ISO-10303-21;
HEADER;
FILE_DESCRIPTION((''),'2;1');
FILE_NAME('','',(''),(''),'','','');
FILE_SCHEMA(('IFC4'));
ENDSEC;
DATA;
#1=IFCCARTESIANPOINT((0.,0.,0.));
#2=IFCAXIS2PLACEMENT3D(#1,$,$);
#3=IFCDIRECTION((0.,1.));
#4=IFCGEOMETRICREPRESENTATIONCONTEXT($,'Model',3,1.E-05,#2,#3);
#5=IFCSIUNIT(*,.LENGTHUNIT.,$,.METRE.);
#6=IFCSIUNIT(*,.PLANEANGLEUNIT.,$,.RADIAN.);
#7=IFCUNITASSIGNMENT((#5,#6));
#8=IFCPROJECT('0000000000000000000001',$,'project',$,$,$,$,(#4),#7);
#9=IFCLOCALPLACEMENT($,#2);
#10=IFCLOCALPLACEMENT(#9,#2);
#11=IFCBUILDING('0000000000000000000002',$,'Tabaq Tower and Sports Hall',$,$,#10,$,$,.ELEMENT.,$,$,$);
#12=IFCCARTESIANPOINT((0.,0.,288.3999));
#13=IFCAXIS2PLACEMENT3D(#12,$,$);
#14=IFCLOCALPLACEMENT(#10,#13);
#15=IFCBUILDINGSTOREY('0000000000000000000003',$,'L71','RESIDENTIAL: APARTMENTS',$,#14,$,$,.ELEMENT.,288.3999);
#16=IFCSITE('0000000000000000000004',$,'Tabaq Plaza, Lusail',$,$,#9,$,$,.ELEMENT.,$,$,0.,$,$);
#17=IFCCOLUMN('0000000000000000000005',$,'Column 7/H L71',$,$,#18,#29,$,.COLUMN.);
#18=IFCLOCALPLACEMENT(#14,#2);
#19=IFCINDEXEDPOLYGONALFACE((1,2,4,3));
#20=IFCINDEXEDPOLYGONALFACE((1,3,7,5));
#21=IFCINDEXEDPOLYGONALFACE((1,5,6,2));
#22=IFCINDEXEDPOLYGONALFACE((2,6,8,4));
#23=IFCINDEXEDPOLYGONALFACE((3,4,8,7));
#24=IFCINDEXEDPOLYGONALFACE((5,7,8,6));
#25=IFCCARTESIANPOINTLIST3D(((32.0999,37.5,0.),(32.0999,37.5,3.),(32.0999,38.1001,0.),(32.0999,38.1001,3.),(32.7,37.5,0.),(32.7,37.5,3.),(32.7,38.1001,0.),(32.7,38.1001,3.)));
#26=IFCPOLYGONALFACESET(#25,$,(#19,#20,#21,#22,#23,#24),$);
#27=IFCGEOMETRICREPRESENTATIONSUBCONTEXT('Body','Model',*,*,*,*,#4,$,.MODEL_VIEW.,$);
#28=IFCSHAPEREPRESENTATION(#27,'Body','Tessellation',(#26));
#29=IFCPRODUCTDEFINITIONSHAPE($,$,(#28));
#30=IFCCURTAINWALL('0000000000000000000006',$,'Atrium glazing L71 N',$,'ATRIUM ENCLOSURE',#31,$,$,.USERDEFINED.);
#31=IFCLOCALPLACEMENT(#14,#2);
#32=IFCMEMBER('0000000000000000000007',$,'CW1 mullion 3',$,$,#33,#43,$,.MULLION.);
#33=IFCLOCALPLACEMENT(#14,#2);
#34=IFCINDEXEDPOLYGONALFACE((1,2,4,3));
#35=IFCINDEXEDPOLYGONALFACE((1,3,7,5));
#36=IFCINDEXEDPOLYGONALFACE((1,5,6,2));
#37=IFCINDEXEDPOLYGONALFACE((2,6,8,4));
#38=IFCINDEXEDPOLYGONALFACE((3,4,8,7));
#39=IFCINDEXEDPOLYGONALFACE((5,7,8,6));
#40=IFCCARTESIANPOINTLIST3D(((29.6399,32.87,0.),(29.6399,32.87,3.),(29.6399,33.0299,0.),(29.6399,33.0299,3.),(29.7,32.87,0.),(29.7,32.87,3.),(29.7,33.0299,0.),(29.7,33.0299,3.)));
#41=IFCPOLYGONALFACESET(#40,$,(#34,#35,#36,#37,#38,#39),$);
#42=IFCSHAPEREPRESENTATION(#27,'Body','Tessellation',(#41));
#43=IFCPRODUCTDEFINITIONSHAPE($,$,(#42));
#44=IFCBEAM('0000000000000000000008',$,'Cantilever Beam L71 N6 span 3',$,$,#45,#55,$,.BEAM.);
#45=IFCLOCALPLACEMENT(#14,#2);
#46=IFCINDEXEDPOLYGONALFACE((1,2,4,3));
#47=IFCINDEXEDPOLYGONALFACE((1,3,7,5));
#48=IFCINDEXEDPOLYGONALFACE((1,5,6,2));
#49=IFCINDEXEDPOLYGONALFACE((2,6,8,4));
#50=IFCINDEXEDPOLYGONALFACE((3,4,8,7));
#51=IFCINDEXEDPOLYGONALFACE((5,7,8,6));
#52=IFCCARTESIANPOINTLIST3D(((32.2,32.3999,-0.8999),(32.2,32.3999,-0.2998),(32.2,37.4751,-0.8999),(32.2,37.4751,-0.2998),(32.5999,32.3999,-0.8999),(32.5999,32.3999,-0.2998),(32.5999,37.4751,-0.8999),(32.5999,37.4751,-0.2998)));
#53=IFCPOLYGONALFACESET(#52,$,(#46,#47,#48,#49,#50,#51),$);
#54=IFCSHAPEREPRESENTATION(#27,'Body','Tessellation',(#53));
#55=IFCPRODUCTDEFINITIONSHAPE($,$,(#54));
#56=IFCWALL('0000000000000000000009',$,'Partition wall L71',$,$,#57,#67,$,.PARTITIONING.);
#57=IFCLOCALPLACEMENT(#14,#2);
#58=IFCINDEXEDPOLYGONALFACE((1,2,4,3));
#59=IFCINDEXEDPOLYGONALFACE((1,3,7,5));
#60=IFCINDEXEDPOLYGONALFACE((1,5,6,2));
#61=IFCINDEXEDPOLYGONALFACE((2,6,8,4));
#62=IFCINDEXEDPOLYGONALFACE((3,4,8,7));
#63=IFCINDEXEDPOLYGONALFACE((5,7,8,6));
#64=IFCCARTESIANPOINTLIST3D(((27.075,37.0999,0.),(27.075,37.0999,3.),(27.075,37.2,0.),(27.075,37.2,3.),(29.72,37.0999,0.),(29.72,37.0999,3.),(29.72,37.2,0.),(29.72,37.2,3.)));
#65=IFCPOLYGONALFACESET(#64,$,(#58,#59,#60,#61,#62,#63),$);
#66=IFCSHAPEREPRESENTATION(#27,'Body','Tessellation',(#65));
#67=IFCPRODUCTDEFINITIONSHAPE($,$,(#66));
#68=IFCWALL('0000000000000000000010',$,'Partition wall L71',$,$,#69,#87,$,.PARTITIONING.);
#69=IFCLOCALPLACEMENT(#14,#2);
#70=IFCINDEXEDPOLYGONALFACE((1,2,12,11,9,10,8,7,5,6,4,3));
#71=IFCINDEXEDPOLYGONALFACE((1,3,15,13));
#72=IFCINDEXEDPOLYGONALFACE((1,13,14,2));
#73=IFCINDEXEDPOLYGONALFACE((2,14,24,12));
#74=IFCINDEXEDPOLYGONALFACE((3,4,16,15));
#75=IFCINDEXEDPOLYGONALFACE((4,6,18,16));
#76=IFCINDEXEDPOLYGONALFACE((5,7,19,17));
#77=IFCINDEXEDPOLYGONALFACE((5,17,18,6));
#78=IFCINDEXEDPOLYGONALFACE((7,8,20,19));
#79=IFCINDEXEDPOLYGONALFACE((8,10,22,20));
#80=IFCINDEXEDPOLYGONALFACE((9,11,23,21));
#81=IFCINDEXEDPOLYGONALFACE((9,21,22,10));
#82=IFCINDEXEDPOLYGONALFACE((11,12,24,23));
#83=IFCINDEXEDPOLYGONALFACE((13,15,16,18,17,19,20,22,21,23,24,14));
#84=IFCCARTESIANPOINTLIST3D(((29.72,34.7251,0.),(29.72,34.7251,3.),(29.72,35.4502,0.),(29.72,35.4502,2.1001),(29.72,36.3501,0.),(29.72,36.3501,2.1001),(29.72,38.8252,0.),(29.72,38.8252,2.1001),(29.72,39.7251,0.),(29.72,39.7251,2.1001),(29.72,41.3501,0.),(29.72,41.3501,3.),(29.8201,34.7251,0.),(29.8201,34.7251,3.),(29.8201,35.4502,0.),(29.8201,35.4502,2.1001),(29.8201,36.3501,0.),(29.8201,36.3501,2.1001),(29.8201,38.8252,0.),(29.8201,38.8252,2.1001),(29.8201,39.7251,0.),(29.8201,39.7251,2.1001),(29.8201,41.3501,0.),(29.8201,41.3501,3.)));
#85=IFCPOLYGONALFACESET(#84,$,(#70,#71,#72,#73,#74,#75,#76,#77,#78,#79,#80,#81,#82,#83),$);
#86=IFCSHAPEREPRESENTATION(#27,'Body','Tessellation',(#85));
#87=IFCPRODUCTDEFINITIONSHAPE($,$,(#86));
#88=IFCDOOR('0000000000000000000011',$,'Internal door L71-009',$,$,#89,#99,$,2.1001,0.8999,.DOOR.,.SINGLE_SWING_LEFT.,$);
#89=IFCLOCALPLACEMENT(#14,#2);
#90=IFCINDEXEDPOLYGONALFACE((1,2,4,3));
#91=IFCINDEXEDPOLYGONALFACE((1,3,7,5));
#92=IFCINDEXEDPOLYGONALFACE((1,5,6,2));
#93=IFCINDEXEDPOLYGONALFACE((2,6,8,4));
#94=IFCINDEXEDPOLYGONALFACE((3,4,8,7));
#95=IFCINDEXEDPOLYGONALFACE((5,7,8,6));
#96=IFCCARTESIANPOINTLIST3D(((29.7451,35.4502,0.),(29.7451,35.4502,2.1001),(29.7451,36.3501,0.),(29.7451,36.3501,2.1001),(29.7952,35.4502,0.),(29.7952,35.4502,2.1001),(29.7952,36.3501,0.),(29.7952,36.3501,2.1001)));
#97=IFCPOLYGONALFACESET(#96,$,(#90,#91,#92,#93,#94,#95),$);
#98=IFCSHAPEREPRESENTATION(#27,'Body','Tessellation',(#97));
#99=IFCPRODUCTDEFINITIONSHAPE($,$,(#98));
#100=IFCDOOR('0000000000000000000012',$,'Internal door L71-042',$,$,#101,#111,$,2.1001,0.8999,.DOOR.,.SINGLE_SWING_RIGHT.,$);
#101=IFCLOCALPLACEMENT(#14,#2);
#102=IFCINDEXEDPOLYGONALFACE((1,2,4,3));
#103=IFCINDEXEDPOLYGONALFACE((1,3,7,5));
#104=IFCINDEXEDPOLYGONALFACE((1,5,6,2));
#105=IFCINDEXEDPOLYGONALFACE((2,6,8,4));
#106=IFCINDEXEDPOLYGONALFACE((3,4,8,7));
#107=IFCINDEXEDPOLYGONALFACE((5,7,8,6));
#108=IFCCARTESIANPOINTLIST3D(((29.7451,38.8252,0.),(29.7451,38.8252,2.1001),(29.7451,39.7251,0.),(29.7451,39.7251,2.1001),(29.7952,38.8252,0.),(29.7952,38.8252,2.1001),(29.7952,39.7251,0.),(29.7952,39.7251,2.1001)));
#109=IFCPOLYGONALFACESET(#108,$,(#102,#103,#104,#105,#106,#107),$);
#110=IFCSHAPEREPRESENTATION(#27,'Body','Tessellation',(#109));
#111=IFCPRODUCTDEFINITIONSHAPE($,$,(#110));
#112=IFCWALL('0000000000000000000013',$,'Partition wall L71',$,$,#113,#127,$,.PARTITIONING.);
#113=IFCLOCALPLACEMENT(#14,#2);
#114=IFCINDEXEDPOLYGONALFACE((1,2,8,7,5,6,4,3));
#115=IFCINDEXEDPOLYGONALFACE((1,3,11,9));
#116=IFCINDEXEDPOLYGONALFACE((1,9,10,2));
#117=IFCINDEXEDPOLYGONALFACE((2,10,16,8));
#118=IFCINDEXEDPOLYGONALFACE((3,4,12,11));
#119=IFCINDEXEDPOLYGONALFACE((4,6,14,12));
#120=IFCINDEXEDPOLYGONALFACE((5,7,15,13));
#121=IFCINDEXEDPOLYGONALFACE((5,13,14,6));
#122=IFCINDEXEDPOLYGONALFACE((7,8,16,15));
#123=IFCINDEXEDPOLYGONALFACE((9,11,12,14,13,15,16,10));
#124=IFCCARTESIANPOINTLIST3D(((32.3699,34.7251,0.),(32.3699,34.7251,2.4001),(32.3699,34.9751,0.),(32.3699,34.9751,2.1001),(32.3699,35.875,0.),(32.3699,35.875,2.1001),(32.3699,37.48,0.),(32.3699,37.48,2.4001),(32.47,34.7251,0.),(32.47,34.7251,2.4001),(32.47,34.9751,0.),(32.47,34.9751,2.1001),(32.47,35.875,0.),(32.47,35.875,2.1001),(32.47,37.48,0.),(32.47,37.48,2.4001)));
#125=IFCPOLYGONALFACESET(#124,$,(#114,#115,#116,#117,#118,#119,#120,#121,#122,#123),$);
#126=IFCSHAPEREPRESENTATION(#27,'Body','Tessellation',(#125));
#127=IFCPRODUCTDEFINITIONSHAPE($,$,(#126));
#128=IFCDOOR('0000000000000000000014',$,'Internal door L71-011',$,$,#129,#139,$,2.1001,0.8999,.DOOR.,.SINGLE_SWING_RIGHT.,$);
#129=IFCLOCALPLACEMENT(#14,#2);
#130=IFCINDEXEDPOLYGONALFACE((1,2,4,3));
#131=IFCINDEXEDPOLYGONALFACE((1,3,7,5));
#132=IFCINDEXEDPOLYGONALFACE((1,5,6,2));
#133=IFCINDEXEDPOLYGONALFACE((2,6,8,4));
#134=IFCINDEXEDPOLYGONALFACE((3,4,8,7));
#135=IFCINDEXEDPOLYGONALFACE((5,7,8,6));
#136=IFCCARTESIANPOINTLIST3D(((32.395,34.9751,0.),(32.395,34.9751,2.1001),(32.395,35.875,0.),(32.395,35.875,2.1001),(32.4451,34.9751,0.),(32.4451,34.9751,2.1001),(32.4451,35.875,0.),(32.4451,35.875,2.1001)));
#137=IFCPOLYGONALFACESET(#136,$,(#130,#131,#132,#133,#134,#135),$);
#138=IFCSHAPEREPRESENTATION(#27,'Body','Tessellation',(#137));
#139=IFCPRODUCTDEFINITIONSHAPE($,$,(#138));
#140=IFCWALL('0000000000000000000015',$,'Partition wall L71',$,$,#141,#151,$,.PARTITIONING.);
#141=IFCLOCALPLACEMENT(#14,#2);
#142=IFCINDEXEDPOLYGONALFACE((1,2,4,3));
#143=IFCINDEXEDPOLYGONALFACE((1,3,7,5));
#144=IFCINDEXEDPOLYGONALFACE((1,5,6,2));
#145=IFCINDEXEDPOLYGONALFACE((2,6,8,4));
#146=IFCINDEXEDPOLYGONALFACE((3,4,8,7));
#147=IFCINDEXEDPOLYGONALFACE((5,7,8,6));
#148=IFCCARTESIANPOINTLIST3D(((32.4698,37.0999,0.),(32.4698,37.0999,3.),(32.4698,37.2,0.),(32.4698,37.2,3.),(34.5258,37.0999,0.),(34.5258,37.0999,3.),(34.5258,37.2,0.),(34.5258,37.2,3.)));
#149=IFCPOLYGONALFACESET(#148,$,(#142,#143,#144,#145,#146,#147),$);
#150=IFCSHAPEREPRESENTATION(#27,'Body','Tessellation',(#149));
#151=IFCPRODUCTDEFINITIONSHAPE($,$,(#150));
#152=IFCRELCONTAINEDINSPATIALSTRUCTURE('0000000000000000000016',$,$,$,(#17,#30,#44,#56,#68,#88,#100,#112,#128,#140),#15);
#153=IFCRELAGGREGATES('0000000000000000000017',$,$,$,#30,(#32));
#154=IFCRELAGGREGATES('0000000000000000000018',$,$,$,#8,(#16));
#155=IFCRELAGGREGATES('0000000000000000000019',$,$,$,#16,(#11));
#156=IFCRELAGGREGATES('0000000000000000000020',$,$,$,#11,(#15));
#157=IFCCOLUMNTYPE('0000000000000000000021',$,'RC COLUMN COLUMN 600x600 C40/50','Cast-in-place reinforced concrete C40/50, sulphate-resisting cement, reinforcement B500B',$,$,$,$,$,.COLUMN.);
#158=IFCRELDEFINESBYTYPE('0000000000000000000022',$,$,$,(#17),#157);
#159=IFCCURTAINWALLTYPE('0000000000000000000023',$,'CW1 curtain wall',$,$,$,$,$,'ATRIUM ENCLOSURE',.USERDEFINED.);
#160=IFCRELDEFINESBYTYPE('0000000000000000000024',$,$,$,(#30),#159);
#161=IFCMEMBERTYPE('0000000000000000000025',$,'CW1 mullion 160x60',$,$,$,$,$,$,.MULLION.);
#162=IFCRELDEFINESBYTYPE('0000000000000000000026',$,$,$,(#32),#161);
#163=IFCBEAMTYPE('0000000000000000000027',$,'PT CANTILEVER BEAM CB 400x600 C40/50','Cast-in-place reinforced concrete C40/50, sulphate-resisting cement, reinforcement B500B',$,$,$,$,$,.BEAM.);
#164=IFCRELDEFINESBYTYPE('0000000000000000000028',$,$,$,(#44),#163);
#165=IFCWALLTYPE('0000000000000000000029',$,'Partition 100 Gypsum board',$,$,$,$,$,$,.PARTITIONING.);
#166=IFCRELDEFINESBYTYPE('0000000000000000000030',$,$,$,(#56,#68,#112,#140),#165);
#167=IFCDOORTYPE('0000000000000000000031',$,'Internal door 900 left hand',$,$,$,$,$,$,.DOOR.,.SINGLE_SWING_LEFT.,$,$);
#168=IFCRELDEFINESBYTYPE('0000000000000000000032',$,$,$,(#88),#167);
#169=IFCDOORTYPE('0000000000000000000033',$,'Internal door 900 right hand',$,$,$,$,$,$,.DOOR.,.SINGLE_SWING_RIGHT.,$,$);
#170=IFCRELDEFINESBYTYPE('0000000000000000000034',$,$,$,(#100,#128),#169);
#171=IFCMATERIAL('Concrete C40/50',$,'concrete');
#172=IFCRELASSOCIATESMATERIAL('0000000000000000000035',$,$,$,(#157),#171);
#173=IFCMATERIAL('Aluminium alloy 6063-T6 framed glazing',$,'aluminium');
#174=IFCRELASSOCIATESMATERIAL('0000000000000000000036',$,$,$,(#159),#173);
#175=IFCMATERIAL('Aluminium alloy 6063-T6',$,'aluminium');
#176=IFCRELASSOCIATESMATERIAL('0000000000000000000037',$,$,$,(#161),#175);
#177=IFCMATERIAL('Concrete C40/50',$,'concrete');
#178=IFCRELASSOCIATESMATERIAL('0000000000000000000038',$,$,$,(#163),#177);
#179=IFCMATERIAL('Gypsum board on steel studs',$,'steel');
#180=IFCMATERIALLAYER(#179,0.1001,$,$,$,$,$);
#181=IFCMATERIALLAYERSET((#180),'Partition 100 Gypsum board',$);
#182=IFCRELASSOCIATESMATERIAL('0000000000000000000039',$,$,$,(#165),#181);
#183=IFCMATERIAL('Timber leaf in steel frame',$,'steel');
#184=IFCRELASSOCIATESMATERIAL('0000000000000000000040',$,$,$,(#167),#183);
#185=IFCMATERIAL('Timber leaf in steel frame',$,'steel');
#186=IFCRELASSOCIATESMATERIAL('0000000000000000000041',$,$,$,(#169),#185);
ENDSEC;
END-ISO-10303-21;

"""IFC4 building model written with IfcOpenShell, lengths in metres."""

from ifc_helpers import new_model, si_unit, direction, frame, frame_2d, origin, origin_2d, place, context, subcontext, project, spatial, rectangle, extrude, material, layer, layer_set, material_profile, profile_set, type_object, element, fill, aggregate, save


model = new_model("IFC4")

# Units and contexts
model_context = context("Model", 3, precision=1e-05, world=origin(), true_north=direction((0.0, 1.0)))
body_context = subcontext(model_context, "Body", "Model", "MODEL_VIEW")
ifc_project = project(units=[si_unit("LENGTHUNIT", "METRE"), si_unit("PLANEANGLEUNIT", "RADIAN")], contexts=[model_context])

# Site, building, storey
site_placement = place(None, origin())
site = spatial("IfcSite", under=ifc_project, at=site_placement, Name="Tabaq Plaza, Lusail", CompositionType="ELEMENT", RefElevation=0.0)
building_placement = place(site_placement, origin())
building = spatial("IfcBuilding", under=site, at=building_placement, Name="Tabaq Tower and Sports Hall", CompositionType="ELEMENT")
storey_placement = place(building_placement, frame((0.0, 0.0, 288.3999)))
storey = spatial("IfcBuildingStorey", under=building, at=storey_placement, Name="L71", Description="RESIDENTIAL: APARTMENTS", CompositionType="ELEMENT", Elevation=288.3999)

# Column
ifc_material_1 = material(Name="Concrete C40/50", Category="concrete")
ifc_material_profile_1 = material_profile(ifc_material_1, rectangle(XDim=0.6001, YDim=0.6001, at=origin_2d()), Name="COLUMN 600x600")
ifc_profile_set_1 = profile_set([ifc_material_profile_1], Name="Concrete C40/50")
column_type = type_object("IfcColumnType", Name="RC COLUMN COLUMN 600x600 C40/50", Description="Cast-in-place reinforced concrete C40/50, sulphate-resisting cement, reinforcement B500B", PredefinedType="COLUMN", material=ifc_profile_set_1)
column_placement = place(storey_placement, frame((32.3999, 37.8, 0.0), z_axis=(0.0, 0.0, 1.0), x_axis=(1.0, 0.0, 0.0)))
element("IfcColumn", 1, at=column_placement, inside=storey, type_object=column_type, Name="Column 7/H L71", PredefinedType="COLUMN", context=body_context, shape_type="SweptSolid", body=[
    extrude(rectangle(XDim=0.6001, YDim=0.6001, at=origin_2d()), origin(), (0.0, 0.0, 1.0), 3.0),
])

# Curtain wall, member
ifc_material_2 = material(Name="Aluminium alloy 6063-T6 framed glazing", Category="aluminium")
curtain_wall_type = type_object("IfcCurtainWallType", Name="CW1 curtain wall", ElementType="ATRIUM ENCLOSURE", PredefinedType="USERDEFINED", material=ifc_material_2)
curtain_wall_placement = place(storey_placement, origin())
curtain_wall = element("IfcCurtainWall", 2, at=curtain_wall_placement, inside=storey, type_object=curtain_wall_type, Name="Atrium glazing L71 N", ObjectType="ATRIUM ENCLOSURE", PredefinedType="USERDEFINED")
ifc_material_3 = material(Name="Aluminium alloy 6063-T6", Category="aluminium")
ifc_material_profile_2 = material_profile(ifc_material_3, rectangle(XDim=0.1599, YDim=0.0601, at=origin_2d()), Name="MULLION 160x60")
ifc_profile_set_2 = profile_set([ifc_material_profile_2], Name="Aluminium alloy 6063-T6")
member_type = type_object("IfcMemberType", Name="CW1 mullion 160x60", PredefinedType="MULLION", material=ifc_profile_set_2)
member_placement = place(storey_placement, frame((29.6699, 32.95, 0.0), z_axis=(0.0, 0.0, 1.0), x_axis=(0.0, 1.0, 0.0)))
member = element("IfcMember", 3, at=member_placement, type_object=member_type, Name="CW1 mullion 3", PredefinedType="MULLION", context=body_context, shape_type="SweptSolid", body=[
    extrude(rectangle(XDim=0.1599, YDim=0.0601, at=origin_2d()), origin(), (0.0, 0.0, 1.0), 3.0),
])
aggregate(curtain_wall, [member])

# Beam
ifc_material_4 = material(Name="Concrete C40/50", Category="concrete")
ifc_material_profile_3 = material_profile(ifc_material_4, rectangle(XDim=0.3999, YDim=0.6001, at=origin_2d()), Name="CB 400x600")
ifc_profile_set_3 = profile_set([ifc_material_profile_3], Name="Concrete C40/50")
beam_type = type_object("IfcBeamType", Name="PT CANTILEVER BEAM CB 400x600 C40/50", Description="Cast-in-place reinforced concrete C40/50, sulphate-resisting cement, reinforcement B500B", PredefinedType="BEAM", material=ifc_profile_set_3)
beam_placement = place(storey_placement, frame((32.3999, 37.4751, -0.5999), z_axis=(0.0, -1.0, 0.0), x_axis=(1.0, 0.0, 0.0)))
element("IfcBeam", 4, at=beam_placement, inside=storey, type_object=beam_type, Name="Cantilever Beam L71 N6 span 3", PredefinedType="BEAM", context=body_context, shape_type="SweptSolid", body=[
    extrude(rectangle(XDim=0.3999, YDim=0.6001, at=origin_2d()), origin(), (0.0, 0.0, 1.0), 5.0752),
])

# Wall
ifc_material_5 = material(Name="Gypsum board on steel studs", Category="steel")
ifc_layer_1 = layer(ifc_material_5, 0.1001)
ifc_layer_set_1 = layer_set([ifc_layer_1], Name="Partition 100 Gypsum board")
wall_type_1 = type_object("IfcWallType", Name="Partition 100 Gypsum board", PredefinedType="PARTITIONING", material=ifc_layer_set_1)
wall_1_placement = place(storey_placement, frame((27.075, 37.1499, 0.0), z_axis=(0.0, 0.0, 1.0), x_axis=(1.0, 0.0, 0.0)))
element("IfcWall", 5, at=wall_1_placement, inside=storey, type_object=wall_type_1, Name="Partition wall L71", PredefinedType="PARTITIONING", context=body_context, shape_type="SweptSolid", body=[
    extrude(rectangle(XDim=2.645, YDim=0.1001, at=frame_2d((1.3225, 0.0))), origin(), (0.0, 0.0, 1.0), 3.0),
])

# Wall, openings, doors
wall_2_placement = place(storey_placement, frame((29.77, 34.7251, 0.0), z_axis=(0.0, 0.0, 1.0), x_axis=(0.0, 1.0, 0.0)))
wall_2 = element("IfcWall", 6, at=wall_2_placement, inside=storey, type_object=wall_type_1, Name="Partition wall L71", PredefinedType="PARTITIONING", context=body_context, shape_type="SweptSolid", body=[
    extrude(rectangle(XDim=6.625, YDim=0.1001, at=frame_2d((3.3125, 0.0))), origin(), (0.0, 0.0, 1.0), 3.0),
])
opening_1_placement = place(wall_2_placement, frame((0.7251, 0.0, 0.0)))
opening_1 = element("IfcOpeningElement", 7, at=opening_1_placement, cuts=wall_2, PredefinedType="OPENING", context=body_context, shape_type="SweptSolid", body=[
    extrude(rectangle(XDim=0.8999, YDim=2.1001, at=frame_2d((0.45, 1.05))), frame((0.0, 0.05, 0.0), z_axis=(0.0, -1.0, 0.0), x_axis=(1.0, 0.0, 0.0)), (0.0, 0.0, 1.0), 0.1001),
])
opening_2_placement = place(wall_2_placement, frame((4.1001, 0.0, 0.0)))
opening_2 = element("IfcOpeningElement", 8, at=opening_2_placement, cuts=wall_2, PredefinedType="OPENING", context=body_context, shape_type="SweptSolid", body=[
    extrude(rectangle(XDim=0.8999, YDim=2.1001, at=frame_2d((0.45, 1.05))), frame((0.0, 0.05, 0.0), z_axis=(0.0, -1.0, 0.0), x_axis=(1.0, 0.0, 0.0)), (0.0, 0.0, 1.0), 0.1001),
])
ifc_material_6 = material(Name="Timber leaf in steel frame", Category="steel")
door_type_1 = type_object("IfcDoorType", Name="Internal door 900 left hand", OperationType="SINGLE_SWING_LEFT", PredefinedType="DOOR", material=ifc_material_6)
door_1_placement = place(opening_1_placement, origin())
door_1 = element("IfcDoor", 9, at=door_1_placement, inside=storey, type_object=door_type_1, Name="Internal door L71-009", OperationType="SINGLE_SWING_LEFT", OverallHeight=2.1001, OverallWidth=0.8999, PredefinedType="DOOR", context=body_context, shape_type="SweptSolid", body=[
    extrude(rectangle(XDim=0.8999, YDim=2.1001, at=frame_2d((0.45, 1.05))), frame((0.0, 0.0249, 0.0), z_axis=(0.0, -1.0, 0.0), x_axis=(1.0, 0.0, 0.0)), (0.0, 0.0, 1.0), 0.05),
])
fill(opening_1, door_1)
ifc_material_7 = material(Name="Timber leaf in steel frame", Category="steel")
door_type_2 = type_object("IfcDoorType", Name="Internal door 900 right hand", OperationType="SINGLE_SWING_RIGHT", PredefinedType="DOOR", material=ifc_material_7)
door_2_placement = place(opening_2_placement, origin())
door_2 = element("IfcDoor", 10, at=door_2_placement, inside=storey, type_object=door_type_2, Name="Internal door L71-042", OperationType="SINGLE_SWING_RIGHT", OverallHeight=2.1001, OverallWidth=0.8999, PredefinedType="DOOR", context=body_context, shape_type="SweptSolid", body=[
    extrude(rectangle(XDim=0.8999, YDim=2.1001, at=frame_2d((0.45, 1.05))), frame((0.0, 0.0249, 0.0), z_axis=(0.0, -1.0, 0.0), x_axis=(1.0, 0.0, 0.0)), (0.0, 0.0, 1.0), 0.05),
])
fill(opening_2, door_2)

# Wall, opening, door
wall_3_placement = place(storey_placement, frame((32.4199, 34.7251, 0.0), z_axis=(0.0, 0.0, 1.0), x_axis=(0.0, 1.0, 0.0)))
wall_3 = element("IfcWall", 11, at=wall_3_placement, inside=storey, type_object=wall_type_1, Name="Partition wall L71", PredefinedType="PARTITIONING", context=body_context, shape_type="SweptSolid", body=[
    extrude(rectangle(XDim=2.7549, YDim=0.1001, at=frame_2d((1.3774, 0.0))), origin(), (0.0, 0.0, 1.0), 2.4001),
])
opening_3_placement = place(wall_3_placement, frame((0.25, 0.0, 0.0)))
opening_3 = element("IfcOpeningElement", 12, at=opening_3_placement, cuts=wall_3, PredefinedType="OPENING", context=body_context, shape_type="SweptSolid", body=[
    extrude(rectangle(XDim=0.8999, YDim=2.1001, at=frame_2d((0.45, 1.05))), frame((0.0, 0.05, 0.0), z_axis=(0.0, -1.0, 0.0), x_axis=(1.0, 0.0, 0.0)), (0.0, 0.0, 1.0), 0.1001),
])
door_3_placement = place(opening_3_placement, origin())
door_3 = element("IfcDoor", 13, at=door_3_placement, inside=storey, type_object=door_type_2, Name="Internal door L71-011", OperationType="SINGLE_SWING_RIGHT", OverallHeight=2.1001, OverallWidth=0.8999, PredefinedType="DOOR", context=body_context, shape_type="SweptSolid", body=[
    extrude(rectangle(XDim=0.8999, YDim=2.1001, at=frame_2d((0.45, 1.05))), frame((0.0, 0.0249, 0.0), z_axis=(0.0, -1.0, 0.0), x_axis=(1.0, 0.0, 0.0)), (0.0, 0.0, 1.0), 0.05),
])
fill(opening_3, door_3)

# Wall
wall_4_placement = place(storey_placement, frame((32.47, 37.1499, 0.0), z_axis=(0.0, 0.0, 1.0), x_axis=(1.0, 0.0, 0.0)))
element("IfcWall", 14, at=wall_4_placement, inside=storey, type_object=wall_type_1, Name="Partition wall L71", PredefinedType="PARTITIONING", context=body_context, shape_type="SweptSolid", body=[
    extrude(rectangle(XDim=2.0559, YDim=0.1001, at=frame_2d((1.0278, 0.0))), origin(), (0.0, 0.0, 1.0), 3.0),
])

save(model, "model.ifc")
